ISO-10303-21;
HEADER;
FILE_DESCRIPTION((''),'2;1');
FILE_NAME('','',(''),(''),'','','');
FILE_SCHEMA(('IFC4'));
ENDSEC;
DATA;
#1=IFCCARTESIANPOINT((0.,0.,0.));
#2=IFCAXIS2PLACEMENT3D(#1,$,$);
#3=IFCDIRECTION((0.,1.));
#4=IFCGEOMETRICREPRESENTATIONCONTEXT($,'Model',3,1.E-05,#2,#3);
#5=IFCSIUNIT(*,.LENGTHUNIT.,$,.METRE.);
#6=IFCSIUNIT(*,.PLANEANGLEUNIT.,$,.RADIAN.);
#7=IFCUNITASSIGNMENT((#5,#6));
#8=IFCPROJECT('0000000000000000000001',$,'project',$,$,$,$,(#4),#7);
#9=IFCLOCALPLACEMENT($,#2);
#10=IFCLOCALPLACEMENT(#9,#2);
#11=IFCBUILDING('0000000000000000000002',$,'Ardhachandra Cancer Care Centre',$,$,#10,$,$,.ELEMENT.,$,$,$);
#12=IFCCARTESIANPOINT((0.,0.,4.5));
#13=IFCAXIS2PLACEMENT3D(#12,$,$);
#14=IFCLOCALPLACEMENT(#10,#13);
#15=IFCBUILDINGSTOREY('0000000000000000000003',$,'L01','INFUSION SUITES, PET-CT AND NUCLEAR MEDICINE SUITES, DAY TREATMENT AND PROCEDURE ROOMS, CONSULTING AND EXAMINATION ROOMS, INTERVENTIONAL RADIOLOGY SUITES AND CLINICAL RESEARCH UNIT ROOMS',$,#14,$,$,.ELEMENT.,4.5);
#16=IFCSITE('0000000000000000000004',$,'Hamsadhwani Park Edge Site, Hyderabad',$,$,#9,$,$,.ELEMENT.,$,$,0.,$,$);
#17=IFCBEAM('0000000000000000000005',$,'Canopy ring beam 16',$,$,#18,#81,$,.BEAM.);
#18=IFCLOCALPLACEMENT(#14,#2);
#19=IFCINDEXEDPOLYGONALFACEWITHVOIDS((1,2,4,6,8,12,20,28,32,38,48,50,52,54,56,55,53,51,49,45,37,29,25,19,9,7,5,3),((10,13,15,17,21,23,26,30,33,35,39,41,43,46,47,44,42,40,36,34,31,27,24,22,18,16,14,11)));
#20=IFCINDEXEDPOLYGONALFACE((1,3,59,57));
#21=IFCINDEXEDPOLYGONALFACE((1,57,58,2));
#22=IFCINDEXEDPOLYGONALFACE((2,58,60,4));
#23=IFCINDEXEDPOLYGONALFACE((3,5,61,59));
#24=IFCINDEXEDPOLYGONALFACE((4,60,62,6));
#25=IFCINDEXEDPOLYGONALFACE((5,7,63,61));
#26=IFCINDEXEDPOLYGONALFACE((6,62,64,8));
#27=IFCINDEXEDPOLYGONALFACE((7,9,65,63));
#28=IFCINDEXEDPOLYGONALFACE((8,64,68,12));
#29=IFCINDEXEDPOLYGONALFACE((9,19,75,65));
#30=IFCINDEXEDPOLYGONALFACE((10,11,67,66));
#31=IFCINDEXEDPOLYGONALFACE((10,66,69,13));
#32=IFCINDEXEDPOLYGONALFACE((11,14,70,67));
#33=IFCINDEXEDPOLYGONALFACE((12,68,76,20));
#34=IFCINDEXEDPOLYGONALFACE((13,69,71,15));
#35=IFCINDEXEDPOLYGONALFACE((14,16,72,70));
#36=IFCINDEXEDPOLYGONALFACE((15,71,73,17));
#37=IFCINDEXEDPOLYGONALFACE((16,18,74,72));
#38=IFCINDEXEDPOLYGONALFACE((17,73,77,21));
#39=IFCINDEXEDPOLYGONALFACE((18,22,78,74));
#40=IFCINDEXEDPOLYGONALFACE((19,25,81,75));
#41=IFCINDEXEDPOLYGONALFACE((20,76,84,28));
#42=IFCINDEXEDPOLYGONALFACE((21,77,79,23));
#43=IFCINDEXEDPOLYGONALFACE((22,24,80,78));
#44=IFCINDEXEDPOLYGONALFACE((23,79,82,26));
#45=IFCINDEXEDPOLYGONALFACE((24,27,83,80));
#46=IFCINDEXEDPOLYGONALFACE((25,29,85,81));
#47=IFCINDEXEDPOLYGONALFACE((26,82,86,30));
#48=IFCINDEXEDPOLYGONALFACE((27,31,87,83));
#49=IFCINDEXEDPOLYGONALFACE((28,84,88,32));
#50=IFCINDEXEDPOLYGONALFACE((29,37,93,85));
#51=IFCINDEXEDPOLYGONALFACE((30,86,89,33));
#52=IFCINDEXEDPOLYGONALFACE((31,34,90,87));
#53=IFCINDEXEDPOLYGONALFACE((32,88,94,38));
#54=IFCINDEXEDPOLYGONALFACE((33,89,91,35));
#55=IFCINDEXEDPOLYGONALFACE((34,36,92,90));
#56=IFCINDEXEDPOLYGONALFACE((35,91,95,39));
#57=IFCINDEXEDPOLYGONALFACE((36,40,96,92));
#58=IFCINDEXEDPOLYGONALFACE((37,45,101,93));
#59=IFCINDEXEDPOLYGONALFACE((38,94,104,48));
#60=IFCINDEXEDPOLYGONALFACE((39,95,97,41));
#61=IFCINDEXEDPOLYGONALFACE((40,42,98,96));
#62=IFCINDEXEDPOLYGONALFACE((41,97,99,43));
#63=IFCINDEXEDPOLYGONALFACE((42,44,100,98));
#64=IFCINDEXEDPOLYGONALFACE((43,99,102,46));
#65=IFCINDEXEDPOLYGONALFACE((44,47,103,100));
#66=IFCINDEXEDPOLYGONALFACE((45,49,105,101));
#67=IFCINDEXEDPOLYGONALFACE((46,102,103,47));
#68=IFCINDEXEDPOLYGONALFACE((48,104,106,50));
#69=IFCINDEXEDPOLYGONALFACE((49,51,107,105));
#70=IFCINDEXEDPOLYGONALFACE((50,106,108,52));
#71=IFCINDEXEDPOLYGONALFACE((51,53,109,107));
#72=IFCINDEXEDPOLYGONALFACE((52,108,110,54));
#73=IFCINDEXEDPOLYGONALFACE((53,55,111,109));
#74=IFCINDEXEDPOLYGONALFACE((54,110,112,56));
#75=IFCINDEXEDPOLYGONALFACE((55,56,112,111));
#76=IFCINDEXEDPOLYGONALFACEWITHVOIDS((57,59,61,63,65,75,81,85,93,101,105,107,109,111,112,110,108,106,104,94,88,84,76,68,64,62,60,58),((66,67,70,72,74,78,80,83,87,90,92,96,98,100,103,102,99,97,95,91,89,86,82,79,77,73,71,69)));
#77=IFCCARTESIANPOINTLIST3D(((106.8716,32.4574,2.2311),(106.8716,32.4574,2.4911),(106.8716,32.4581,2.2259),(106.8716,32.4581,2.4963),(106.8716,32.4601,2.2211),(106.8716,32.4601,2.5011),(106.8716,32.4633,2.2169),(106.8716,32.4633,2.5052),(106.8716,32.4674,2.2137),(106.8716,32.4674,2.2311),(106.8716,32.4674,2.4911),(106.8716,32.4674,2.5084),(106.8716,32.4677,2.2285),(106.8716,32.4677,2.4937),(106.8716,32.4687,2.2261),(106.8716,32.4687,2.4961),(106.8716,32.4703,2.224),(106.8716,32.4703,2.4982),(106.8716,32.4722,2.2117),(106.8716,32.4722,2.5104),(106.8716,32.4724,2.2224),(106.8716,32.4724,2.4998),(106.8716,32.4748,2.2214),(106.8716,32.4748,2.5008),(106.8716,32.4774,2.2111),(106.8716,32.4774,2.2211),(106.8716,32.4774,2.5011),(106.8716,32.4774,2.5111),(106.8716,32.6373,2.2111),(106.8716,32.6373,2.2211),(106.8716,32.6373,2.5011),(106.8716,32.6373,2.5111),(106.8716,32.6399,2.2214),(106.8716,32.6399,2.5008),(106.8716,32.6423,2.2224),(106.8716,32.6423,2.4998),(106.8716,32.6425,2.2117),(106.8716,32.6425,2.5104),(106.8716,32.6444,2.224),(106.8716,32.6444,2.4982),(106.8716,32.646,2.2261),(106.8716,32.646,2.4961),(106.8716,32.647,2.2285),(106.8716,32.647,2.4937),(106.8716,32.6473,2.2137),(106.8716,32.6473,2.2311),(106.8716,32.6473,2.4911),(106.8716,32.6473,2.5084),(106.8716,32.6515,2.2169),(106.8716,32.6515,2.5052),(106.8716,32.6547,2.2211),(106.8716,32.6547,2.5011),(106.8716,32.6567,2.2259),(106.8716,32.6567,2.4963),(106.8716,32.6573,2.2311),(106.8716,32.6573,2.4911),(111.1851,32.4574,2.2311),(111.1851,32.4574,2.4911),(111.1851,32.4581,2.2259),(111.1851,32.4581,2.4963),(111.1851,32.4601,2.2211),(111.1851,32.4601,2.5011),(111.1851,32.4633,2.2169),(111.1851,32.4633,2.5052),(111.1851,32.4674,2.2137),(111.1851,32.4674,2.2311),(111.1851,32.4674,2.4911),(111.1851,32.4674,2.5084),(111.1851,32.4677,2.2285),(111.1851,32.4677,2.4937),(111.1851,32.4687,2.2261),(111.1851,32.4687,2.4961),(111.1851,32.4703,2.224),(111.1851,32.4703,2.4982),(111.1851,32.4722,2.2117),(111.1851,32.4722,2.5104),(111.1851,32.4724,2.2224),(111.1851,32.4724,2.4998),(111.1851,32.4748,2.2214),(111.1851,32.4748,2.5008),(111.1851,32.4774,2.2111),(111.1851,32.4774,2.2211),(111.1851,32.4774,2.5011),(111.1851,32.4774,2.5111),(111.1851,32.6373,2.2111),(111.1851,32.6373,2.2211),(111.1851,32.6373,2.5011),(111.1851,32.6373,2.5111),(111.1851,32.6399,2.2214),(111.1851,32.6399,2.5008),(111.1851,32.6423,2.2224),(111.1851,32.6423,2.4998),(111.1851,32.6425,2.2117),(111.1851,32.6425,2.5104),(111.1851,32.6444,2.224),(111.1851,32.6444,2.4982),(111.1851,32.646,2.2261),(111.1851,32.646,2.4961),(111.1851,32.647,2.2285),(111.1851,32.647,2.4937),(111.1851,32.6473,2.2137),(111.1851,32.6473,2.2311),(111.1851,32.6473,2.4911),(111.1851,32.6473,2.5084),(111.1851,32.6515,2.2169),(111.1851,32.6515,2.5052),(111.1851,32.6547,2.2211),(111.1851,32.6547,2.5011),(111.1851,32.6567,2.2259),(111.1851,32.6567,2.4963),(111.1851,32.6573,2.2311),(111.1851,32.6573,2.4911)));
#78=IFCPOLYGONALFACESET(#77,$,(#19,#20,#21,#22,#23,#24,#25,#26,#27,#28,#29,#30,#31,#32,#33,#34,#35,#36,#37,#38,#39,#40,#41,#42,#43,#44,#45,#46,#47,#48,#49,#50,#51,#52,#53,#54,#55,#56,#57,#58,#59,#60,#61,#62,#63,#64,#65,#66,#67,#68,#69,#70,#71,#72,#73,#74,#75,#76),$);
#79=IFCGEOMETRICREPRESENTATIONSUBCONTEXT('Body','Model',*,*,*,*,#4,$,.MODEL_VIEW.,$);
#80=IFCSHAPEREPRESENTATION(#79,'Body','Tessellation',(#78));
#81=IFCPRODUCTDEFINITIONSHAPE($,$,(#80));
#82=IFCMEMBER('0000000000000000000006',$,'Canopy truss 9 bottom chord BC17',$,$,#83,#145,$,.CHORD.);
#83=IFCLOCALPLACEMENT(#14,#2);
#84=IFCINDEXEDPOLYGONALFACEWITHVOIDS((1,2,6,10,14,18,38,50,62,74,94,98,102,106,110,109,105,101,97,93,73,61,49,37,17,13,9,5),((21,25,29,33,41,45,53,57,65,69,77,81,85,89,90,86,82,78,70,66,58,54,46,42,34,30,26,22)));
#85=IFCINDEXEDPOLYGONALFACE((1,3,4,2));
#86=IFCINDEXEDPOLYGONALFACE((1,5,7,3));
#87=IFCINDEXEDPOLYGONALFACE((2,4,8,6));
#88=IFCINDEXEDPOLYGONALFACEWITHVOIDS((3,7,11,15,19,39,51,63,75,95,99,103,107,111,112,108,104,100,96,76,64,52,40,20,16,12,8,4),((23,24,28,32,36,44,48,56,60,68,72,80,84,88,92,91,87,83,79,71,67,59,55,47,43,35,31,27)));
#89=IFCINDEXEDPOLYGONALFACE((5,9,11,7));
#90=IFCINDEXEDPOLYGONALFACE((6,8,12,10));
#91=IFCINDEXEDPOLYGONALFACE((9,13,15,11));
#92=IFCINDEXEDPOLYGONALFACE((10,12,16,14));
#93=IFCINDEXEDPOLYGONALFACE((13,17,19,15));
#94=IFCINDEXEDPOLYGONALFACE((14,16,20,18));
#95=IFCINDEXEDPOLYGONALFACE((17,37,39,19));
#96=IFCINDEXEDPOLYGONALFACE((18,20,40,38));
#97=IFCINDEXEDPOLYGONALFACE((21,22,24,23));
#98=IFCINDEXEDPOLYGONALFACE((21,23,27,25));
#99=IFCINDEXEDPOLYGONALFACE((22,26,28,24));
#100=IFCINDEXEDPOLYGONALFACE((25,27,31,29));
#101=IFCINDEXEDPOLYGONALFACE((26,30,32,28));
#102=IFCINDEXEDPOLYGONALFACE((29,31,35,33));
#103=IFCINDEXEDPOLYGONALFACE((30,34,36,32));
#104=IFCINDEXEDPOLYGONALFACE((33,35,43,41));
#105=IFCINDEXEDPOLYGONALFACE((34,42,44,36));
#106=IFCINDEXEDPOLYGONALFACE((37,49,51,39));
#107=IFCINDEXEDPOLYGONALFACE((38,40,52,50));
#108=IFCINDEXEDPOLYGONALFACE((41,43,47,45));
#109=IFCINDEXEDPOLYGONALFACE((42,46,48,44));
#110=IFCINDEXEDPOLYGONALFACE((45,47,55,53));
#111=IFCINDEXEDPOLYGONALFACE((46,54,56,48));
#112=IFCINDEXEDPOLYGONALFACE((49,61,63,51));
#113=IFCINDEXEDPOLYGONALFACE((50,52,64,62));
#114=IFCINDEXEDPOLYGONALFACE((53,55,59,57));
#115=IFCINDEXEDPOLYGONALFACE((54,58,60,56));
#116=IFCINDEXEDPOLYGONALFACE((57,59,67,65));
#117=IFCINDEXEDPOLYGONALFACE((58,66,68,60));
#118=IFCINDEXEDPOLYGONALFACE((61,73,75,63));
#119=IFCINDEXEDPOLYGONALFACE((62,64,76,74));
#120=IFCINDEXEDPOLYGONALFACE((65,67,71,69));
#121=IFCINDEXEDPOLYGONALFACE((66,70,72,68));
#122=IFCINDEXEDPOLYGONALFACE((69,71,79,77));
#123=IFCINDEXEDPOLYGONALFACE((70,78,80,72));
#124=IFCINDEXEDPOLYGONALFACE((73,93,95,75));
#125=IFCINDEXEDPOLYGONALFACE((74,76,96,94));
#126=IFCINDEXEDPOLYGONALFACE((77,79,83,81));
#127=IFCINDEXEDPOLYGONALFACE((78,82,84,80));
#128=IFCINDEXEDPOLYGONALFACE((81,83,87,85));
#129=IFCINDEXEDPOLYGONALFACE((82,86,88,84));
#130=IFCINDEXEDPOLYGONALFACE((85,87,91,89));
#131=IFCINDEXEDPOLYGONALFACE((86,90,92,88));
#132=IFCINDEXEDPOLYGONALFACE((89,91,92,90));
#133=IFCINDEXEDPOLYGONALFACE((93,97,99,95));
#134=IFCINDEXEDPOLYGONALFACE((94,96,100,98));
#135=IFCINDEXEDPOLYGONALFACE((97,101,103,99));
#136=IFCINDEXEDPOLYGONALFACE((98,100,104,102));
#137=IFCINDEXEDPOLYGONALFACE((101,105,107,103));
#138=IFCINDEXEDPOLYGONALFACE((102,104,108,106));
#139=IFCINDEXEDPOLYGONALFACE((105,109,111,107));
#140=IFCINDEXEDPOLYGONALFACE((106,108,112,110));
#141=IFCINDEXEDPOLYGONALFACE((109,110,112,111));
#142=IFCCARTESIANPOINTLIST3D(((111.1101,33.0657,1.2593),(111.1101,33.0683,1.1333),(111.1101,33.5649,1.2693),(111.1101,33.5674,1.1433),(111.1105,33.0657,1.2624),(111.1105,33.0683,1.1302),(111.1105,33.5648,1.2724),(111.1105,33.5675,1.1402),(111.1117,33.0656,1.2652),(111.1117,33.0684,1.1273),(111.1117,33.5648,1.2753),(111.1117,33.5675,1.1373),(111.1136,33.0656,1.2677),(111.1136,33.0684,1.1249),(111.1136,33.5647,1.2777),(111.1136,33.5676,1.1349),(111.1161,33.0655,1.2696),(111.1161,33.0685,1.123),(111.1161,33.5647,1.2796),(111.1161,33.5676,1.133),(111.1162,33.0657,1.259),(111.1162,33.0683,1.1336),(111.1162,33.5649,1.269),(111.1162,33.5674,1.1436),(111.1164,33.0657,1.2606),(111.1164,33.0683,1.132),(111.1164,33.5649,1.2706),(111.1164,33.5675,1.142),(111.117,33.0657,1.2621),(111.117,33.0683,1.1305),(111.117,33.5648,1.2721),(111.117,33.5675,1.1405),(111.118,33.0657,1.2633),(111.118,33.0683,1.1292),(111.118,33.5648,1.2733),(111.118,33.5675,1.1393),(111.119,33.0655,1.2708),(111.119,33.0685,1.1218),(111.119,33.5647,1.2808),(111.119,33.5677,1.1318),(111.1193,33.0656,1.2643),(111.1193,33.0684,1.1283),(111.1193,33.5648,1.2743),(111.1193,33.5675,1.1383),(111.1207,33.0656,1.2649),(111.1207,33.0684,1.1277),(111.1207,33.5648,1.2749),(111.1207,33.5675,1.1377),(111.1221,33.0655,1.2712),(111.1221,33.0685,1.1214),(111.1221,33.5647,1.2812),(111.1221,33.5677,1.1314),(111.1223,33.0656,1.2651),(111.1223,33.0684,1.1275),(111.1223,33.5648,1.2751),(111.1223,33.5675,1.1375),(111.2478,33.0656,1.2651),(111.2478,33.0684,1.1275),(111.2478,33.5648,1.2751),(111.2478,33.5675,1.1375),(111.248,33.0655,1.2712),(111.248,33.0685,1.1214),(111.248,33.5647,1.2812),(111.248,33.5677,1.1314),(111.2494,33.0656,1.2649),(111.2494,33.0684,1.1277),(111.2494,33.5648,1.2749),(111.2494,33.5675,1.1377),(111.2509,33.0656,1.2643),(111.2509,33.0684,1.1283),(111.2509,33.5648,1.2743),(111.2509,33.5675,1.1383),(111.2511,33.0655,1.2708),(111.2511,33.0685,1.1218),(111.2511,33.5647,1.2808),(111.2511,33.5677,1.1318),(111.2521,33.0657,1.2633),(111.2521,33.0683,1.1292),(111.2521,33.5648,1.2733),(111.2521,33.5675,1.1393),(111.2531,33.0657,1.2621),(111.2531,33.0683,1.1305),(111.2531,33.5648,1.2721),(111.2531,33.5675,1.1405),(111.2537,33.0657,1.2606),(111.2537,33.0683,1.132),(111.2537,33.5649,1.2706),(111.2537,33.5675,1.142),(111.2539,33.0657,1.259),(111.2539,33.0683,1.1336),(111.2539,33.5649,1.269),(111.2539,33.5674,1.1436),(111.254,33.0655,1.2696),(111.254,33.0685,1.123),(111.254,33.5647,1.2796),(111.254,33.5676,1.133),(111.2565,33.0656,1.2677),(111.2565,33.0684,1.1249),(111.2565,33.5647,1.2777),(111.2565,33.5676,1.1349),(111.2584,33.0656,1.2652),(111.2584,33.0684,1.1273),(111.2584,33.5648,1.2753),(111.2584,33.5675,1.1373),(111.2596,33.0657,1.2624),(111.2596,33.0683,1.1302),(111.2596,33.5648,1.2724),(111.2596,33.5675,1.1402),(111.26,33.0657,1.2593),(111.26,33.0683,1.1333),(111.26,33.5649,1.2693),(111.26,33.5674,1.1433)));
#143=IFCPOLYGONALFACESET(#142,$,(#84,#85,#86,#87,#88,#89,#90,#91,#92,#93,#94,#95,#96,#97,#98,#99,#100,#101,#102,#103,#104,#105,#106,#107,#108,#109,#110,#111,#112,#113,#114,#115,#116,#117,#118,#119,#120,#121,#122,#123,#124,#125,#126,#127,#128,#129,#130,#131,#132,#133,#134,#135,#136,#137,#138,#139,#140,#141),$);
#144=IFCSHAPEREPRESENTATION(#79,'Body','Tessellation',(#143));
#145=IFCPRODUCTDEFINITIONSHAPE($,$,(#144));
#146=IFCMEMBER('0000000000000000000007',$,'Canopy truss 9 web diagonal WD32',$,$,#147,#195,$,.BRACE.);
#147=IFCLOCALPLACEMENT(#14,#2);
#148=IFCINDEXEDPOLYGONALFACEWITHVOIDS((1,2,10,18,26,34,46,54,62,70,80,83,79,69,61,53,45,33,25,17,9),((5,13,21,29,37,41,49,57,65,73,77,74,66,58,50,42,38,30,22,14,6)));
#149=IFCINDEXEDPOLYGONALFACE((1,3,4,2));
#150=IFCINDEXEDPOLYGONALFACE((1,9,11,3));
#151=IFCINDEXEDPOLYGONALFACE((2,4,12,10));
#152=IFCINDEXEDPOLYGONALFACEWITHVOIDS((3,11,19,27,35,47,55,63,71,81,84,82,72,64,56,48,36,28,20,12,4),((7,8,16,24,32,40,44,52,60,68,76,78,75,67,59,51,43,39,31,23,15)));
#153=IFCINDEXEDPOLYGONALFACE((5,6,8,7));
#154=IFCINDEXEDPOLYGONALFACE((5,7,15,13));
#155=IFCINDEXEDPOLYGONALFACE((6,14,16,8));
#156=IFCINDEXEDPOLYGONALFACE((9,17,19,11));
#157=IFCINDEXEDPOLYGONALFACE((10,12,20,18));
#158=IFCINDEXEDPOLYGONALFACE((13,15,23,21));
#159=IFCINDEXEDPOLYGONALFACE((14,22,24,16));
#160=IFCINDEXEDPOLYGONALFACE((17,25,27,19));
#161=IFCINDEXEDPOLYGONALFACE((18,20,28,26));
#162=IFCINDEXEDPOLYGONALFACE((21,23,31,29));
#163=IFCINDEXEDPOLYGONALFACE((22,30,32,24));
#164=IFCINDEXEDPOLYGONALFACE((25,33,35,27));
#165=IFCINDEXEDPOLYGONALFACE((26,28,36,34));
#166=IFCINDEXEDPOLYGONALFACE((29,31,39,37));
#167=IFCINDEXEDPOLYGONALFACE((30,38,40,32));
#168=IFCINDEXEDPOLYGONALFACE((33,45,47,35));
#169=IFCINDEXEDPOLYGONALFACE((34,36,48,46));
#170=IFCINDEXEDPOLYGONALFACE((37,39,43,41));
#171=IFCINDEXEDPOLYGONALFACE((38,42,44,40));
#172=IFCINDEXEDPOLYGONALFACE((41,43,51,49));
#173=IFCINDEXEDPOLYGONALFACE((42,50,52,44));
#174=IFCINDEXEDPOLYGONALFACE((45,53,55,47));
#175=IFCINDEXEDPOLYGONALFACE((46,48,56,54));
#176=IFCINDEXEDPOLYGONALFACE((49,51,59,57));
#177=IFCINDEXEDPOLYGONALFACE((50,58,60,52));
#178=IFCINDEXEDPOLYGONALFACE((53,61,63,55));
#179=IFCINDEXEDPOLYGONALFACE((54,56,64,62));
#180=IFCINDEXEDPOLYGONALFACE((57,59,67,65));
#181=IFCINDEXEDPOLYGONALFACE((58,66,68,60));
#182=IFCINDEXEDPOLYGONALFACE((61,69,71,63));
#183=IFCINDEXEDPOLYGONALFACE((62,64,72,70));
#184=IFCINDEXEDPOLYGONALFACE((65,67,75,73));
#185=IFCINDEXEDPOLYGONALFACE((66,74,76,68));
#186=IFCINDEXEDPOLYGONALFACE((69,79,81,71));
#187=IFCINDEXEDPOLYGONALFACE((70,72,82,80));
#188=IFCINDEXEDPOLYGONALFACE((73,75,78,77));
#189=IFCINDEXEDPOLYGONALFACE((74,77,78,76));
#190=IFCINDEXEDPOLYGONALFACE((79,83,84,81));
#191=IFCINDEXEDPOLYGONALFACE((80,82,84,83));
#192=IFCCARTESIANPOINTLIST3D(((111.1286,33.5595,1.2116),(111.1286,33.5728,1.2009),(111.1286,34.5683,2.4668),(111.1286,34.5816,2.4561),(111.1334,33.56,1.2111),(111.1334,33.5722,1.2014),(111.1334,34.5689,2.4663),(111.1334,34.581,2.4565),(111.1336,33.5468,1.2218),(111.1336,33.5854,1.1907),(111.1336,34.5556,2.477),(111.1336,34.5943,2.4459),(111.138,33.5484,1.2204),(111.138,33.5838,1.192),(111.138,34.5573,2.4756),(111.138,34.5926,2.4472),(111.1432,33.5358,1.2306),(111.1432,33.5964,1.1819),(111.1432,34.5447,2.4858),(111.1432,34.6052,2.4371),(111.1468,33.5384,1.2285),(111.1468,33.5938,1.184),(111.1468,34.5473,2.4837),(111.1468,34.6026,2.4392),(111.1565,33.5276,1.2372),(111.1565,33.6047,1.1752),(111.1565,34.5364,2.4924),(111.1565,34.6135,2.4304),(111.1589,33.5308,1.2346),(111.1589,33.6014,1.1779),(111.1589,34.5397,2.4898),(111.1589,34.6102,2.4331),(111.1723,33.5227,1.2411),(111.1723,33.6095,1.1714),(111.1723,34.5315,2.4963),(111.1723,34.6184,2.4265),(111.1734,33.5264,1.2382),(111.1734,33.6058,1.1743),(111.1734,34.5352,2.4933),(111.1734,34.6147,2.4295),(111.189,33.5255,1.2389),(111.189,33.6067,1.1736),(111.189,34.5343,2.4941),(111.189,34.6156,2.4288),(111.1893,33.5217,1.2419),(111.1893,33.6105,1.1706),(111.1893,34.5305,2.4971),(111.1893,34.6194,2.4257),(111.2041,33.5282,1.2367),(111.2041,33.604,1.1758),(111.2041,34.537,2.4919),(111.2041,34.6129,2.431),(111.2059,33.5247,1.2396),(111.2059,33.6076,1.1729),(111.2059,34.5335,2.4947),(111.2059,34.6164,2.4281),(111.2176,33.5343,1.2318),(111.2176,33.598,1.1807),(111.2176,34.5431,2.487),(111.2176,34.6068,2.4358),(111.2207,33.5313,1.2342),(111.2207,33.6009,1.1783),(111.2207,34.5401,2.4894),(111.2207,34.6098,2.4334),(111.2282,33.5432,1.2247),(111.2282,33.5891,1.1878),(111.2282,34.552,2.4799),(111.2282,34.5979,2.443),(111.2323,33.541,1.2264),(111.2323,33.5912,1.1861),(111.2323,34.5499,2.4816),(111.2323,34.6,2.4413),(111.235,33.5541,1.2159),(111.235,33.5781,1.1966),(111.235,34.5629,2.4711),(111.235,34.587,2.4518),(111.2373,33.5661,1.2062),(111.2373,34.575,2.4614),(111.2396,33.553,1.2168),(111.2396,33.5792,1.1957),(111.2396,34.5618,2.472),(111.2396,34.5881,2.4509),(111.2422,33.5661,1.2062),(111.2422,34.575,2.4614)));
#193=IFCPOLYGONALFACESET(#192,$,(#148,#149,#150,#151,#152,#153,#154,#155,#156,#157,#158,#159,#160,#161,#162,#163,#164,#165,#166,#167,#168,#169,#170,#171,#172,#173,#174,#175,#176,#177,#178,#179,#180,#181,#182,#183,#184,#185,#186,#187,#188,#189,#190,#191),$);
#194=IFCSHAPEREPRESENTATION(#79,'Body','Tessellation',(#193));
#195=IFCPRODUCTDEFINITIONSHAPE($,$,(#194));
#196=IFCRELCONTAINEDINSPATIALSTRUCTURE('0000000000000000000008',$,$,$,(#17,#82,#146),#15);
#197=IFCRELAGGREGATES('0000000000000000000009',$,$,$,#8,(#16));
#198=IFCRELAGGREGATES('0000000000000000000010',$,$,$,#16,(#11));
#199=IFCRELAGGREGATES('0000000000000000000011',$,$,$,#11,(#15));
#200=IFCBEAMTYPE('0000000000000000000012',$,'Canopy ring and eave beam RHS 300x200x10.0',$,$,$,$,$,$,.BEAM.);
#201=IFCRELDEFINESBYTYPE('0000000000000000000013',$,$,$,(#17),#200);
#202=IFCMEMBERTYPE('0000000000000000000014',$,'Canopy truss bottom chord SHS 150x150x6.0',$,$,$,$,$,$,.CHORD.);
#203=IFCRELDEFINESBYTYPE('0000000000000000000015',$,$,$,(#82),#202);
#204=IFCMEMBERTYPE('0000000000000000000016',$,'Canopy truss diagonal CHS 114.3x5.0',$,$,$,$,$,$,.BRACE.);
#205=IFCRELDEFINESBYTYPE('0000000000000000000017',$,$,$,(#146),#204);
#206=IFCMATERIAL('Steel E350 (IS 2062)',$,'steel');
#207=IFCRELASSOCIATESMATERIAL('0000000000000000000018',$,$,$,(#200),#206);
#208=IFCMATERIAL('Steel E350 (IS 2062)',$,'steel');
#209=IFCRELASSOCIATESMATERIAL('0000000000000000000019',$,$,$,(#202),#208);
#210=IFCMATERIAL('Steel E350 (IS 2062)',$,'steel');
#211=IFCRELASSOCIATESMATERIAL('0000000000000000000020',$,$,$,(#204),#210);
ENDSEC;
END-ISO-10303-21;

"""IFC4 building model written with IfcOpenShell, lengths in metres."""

from ifc_helpers import new_model, si_unit, direction, frame, origin, origin_2d, place, context, subcontext, project, spatial, hollow_rectangle, hollow_circle, extrude, material, material_profile, profile_set, type_object, element, save


model = new_model("IFC4")

# Units and contexts
model_context = context("Model", 3, precision=1e-05, world=origin(), true_north=direction((0.0, 1.0)))
body_context = subcontext(model_context, "Body", "Model", "MODEL_VIEW")
ifc_project = project(units=[si_unit("LENGTHUNIT", "METRE"), si_unit("PLANEANGLEUNIT", "RADIAN")], contexts=[model_context])

# Site, building, storey
site_placement = place(None, origin())
site = spatial("IfcSite", under=ifc_project, at=site_placement, Name="Hamsadhwani Park Edge Site, Hyderabad", CompositionType="ELEMENT", RefElevation=0.0)
building_placement = place(site_placement, origin())
building = spatial("IfcBuilding", under=site, at=building_placement, Name="Ardhachandra Cancer Care Centre", CompositionType="ELEMENT")
storey_placement = place(building_placement, frame((0.0, 0.0, 4.5)))
storey = spatial("IfcBuildingStorey", under=building, at=storey_placement, Name="L01", Description="INFUSION SUITES, PET-CT AND NUCLEAR MEDICINE SUITES, DAY TREATMENT AND PROCEDURE ROOMS, CONSULTING AND EXAMINATION ROOMS, INTERVENTIONAL RADIOLOGY SUITES AND CLINICAL RESEARCH UNIT ROOMS", CompositionType="ELEMENT", Elevation=4.5)

# Beam
ifc_material_1 = material(Name="Steel E350 (IS 2062)", Category="steel")
ifc_material_profile_1 = material_profile(ifc_material_1, hollow_rectangle(XDim=0.2, YDim=0.3, WallThickness=0.01, InnerFilletRadius=0.01, OuterFilletRadius=0.02, at=origin_2d()), Name="RHS 300x200x10.0")
ifc_profile_set_1 = profile_set([ifc_material_profile_1], Name="Steel E350 (IS 2062)")
beam_type = type_object("IfcBeamType", Name="Canopy ring and eave beam RHS 300x200x10.0", PredefinedType="BEAM", material=ifc_profile_set_1)
beam_placement = place(storey_placement, frame((106.8716, 32.5574, 2.3611), z_axis=(1.0, 0.0, 0.0), x_axis=(0.0, 1.0, 0.0)))
element("IfcBeam", 1, at=beam_placement, inside=storey, type_object=beam_type, Name="Canopy ring beam 16", PredefinedType="BEAM", context=body_context, shape_type="SweptSolid", body=[
    extrude(hollow_rectangle(XDim=0.2, YDim=0.3, WallThickness=0.01, InnerFilletRadius=0.01, OuterFilletRadius=0.02, at=origin_2d()), origin(), (0.0, 0.0, 1.0), 4.3135),
])

# Members
ifc_material_2 = material(Name="Steel E350 (IS 2062)", Category="steel")
ifc_material_profile_2 = material_profile(ifc_material_2, hollow_rectangle(XDim=0.1499, YDim=0.1499, WallThickness=0.0061, InnerFilletRadius=0.0061, OuterFilletRadius=0.012, at=origin_2d()), Name="SHS 150x150x6.0")
ifc_profile_set_2 = profile_set([ifc_material_profile_2], Name="Steel E350 (IS 2062)")
member_type_1 = type_object("IfcMemberType", Name="Canopy truss bottom chord SHS 150x150x6.0", PredefinedType="CHORD", material=ifc_profile_set_2)
member_1_placement = place(storey_placement, frame((111.1851, 33.5662, 1.2063), z_axis=(0.0, -0.999799, -0.020045), x_axis=(1.0, 0.0, 0.0)))
element("IfcMember", 2, at=member_1_placement, inside=storey, type_object=member_type_1, Name="Canopy truss 9 bottom chord BC17", PredefinedType="CHORD", context=body_context, shape_type="SweptSolid", body=[
    extrude(hollow_rectangle(XDim=0.1499, YDim=0.1499, WallThickness=0.0061, InnerFilletRadius=0.0061, OuterFilletRadius=0.012, at=origin_2d()), origin(), (0.0, 0.0, 1.0), 0.4993),
])
ifc_material_3 = material(Name="Steel E350 (IS 2062)", Category="steel")
ifc_material_profile_3 = material_profile(ifc_material_3, hollow_circle(Radius=0.0571, WallThickness=0.0049, at=origin_2d()), Name="CHS 114.3x5.0")
ifc_profile_set_3 = profile_set([ifc_material_profile_3], Name="Steel E350 (IS 2062)")
member_type_2 = type_object("IfcMemberType", Name="Canopy truss diagonal CHS 114.3x5.0", PredefinedType="BRACE", material=ifc_profile_set_3)
member_2_placement = place(storey_placement, frame((111.1851, 34.575, 2.4614), z_axis=(0.0, -0.626468, -0.779447), x_axis=(1.0, 0.0, 0.0)))
element("IfcMember", 3, at=member_2_placement, inside=storey, type_object=member_type_2, Name="Canopy truss 9 web diagonal WD32", PredefinedType="BRACE", context=body_context, shape_type="SweptSolid", body=[
    extrude(hollow_circle(Radius=0.0571, WallThickness=0.0049, at=origin_2d()), origin(), (0.0, 0.0, 1.0), 1.6104),
])

save(model, "model.ifc")
